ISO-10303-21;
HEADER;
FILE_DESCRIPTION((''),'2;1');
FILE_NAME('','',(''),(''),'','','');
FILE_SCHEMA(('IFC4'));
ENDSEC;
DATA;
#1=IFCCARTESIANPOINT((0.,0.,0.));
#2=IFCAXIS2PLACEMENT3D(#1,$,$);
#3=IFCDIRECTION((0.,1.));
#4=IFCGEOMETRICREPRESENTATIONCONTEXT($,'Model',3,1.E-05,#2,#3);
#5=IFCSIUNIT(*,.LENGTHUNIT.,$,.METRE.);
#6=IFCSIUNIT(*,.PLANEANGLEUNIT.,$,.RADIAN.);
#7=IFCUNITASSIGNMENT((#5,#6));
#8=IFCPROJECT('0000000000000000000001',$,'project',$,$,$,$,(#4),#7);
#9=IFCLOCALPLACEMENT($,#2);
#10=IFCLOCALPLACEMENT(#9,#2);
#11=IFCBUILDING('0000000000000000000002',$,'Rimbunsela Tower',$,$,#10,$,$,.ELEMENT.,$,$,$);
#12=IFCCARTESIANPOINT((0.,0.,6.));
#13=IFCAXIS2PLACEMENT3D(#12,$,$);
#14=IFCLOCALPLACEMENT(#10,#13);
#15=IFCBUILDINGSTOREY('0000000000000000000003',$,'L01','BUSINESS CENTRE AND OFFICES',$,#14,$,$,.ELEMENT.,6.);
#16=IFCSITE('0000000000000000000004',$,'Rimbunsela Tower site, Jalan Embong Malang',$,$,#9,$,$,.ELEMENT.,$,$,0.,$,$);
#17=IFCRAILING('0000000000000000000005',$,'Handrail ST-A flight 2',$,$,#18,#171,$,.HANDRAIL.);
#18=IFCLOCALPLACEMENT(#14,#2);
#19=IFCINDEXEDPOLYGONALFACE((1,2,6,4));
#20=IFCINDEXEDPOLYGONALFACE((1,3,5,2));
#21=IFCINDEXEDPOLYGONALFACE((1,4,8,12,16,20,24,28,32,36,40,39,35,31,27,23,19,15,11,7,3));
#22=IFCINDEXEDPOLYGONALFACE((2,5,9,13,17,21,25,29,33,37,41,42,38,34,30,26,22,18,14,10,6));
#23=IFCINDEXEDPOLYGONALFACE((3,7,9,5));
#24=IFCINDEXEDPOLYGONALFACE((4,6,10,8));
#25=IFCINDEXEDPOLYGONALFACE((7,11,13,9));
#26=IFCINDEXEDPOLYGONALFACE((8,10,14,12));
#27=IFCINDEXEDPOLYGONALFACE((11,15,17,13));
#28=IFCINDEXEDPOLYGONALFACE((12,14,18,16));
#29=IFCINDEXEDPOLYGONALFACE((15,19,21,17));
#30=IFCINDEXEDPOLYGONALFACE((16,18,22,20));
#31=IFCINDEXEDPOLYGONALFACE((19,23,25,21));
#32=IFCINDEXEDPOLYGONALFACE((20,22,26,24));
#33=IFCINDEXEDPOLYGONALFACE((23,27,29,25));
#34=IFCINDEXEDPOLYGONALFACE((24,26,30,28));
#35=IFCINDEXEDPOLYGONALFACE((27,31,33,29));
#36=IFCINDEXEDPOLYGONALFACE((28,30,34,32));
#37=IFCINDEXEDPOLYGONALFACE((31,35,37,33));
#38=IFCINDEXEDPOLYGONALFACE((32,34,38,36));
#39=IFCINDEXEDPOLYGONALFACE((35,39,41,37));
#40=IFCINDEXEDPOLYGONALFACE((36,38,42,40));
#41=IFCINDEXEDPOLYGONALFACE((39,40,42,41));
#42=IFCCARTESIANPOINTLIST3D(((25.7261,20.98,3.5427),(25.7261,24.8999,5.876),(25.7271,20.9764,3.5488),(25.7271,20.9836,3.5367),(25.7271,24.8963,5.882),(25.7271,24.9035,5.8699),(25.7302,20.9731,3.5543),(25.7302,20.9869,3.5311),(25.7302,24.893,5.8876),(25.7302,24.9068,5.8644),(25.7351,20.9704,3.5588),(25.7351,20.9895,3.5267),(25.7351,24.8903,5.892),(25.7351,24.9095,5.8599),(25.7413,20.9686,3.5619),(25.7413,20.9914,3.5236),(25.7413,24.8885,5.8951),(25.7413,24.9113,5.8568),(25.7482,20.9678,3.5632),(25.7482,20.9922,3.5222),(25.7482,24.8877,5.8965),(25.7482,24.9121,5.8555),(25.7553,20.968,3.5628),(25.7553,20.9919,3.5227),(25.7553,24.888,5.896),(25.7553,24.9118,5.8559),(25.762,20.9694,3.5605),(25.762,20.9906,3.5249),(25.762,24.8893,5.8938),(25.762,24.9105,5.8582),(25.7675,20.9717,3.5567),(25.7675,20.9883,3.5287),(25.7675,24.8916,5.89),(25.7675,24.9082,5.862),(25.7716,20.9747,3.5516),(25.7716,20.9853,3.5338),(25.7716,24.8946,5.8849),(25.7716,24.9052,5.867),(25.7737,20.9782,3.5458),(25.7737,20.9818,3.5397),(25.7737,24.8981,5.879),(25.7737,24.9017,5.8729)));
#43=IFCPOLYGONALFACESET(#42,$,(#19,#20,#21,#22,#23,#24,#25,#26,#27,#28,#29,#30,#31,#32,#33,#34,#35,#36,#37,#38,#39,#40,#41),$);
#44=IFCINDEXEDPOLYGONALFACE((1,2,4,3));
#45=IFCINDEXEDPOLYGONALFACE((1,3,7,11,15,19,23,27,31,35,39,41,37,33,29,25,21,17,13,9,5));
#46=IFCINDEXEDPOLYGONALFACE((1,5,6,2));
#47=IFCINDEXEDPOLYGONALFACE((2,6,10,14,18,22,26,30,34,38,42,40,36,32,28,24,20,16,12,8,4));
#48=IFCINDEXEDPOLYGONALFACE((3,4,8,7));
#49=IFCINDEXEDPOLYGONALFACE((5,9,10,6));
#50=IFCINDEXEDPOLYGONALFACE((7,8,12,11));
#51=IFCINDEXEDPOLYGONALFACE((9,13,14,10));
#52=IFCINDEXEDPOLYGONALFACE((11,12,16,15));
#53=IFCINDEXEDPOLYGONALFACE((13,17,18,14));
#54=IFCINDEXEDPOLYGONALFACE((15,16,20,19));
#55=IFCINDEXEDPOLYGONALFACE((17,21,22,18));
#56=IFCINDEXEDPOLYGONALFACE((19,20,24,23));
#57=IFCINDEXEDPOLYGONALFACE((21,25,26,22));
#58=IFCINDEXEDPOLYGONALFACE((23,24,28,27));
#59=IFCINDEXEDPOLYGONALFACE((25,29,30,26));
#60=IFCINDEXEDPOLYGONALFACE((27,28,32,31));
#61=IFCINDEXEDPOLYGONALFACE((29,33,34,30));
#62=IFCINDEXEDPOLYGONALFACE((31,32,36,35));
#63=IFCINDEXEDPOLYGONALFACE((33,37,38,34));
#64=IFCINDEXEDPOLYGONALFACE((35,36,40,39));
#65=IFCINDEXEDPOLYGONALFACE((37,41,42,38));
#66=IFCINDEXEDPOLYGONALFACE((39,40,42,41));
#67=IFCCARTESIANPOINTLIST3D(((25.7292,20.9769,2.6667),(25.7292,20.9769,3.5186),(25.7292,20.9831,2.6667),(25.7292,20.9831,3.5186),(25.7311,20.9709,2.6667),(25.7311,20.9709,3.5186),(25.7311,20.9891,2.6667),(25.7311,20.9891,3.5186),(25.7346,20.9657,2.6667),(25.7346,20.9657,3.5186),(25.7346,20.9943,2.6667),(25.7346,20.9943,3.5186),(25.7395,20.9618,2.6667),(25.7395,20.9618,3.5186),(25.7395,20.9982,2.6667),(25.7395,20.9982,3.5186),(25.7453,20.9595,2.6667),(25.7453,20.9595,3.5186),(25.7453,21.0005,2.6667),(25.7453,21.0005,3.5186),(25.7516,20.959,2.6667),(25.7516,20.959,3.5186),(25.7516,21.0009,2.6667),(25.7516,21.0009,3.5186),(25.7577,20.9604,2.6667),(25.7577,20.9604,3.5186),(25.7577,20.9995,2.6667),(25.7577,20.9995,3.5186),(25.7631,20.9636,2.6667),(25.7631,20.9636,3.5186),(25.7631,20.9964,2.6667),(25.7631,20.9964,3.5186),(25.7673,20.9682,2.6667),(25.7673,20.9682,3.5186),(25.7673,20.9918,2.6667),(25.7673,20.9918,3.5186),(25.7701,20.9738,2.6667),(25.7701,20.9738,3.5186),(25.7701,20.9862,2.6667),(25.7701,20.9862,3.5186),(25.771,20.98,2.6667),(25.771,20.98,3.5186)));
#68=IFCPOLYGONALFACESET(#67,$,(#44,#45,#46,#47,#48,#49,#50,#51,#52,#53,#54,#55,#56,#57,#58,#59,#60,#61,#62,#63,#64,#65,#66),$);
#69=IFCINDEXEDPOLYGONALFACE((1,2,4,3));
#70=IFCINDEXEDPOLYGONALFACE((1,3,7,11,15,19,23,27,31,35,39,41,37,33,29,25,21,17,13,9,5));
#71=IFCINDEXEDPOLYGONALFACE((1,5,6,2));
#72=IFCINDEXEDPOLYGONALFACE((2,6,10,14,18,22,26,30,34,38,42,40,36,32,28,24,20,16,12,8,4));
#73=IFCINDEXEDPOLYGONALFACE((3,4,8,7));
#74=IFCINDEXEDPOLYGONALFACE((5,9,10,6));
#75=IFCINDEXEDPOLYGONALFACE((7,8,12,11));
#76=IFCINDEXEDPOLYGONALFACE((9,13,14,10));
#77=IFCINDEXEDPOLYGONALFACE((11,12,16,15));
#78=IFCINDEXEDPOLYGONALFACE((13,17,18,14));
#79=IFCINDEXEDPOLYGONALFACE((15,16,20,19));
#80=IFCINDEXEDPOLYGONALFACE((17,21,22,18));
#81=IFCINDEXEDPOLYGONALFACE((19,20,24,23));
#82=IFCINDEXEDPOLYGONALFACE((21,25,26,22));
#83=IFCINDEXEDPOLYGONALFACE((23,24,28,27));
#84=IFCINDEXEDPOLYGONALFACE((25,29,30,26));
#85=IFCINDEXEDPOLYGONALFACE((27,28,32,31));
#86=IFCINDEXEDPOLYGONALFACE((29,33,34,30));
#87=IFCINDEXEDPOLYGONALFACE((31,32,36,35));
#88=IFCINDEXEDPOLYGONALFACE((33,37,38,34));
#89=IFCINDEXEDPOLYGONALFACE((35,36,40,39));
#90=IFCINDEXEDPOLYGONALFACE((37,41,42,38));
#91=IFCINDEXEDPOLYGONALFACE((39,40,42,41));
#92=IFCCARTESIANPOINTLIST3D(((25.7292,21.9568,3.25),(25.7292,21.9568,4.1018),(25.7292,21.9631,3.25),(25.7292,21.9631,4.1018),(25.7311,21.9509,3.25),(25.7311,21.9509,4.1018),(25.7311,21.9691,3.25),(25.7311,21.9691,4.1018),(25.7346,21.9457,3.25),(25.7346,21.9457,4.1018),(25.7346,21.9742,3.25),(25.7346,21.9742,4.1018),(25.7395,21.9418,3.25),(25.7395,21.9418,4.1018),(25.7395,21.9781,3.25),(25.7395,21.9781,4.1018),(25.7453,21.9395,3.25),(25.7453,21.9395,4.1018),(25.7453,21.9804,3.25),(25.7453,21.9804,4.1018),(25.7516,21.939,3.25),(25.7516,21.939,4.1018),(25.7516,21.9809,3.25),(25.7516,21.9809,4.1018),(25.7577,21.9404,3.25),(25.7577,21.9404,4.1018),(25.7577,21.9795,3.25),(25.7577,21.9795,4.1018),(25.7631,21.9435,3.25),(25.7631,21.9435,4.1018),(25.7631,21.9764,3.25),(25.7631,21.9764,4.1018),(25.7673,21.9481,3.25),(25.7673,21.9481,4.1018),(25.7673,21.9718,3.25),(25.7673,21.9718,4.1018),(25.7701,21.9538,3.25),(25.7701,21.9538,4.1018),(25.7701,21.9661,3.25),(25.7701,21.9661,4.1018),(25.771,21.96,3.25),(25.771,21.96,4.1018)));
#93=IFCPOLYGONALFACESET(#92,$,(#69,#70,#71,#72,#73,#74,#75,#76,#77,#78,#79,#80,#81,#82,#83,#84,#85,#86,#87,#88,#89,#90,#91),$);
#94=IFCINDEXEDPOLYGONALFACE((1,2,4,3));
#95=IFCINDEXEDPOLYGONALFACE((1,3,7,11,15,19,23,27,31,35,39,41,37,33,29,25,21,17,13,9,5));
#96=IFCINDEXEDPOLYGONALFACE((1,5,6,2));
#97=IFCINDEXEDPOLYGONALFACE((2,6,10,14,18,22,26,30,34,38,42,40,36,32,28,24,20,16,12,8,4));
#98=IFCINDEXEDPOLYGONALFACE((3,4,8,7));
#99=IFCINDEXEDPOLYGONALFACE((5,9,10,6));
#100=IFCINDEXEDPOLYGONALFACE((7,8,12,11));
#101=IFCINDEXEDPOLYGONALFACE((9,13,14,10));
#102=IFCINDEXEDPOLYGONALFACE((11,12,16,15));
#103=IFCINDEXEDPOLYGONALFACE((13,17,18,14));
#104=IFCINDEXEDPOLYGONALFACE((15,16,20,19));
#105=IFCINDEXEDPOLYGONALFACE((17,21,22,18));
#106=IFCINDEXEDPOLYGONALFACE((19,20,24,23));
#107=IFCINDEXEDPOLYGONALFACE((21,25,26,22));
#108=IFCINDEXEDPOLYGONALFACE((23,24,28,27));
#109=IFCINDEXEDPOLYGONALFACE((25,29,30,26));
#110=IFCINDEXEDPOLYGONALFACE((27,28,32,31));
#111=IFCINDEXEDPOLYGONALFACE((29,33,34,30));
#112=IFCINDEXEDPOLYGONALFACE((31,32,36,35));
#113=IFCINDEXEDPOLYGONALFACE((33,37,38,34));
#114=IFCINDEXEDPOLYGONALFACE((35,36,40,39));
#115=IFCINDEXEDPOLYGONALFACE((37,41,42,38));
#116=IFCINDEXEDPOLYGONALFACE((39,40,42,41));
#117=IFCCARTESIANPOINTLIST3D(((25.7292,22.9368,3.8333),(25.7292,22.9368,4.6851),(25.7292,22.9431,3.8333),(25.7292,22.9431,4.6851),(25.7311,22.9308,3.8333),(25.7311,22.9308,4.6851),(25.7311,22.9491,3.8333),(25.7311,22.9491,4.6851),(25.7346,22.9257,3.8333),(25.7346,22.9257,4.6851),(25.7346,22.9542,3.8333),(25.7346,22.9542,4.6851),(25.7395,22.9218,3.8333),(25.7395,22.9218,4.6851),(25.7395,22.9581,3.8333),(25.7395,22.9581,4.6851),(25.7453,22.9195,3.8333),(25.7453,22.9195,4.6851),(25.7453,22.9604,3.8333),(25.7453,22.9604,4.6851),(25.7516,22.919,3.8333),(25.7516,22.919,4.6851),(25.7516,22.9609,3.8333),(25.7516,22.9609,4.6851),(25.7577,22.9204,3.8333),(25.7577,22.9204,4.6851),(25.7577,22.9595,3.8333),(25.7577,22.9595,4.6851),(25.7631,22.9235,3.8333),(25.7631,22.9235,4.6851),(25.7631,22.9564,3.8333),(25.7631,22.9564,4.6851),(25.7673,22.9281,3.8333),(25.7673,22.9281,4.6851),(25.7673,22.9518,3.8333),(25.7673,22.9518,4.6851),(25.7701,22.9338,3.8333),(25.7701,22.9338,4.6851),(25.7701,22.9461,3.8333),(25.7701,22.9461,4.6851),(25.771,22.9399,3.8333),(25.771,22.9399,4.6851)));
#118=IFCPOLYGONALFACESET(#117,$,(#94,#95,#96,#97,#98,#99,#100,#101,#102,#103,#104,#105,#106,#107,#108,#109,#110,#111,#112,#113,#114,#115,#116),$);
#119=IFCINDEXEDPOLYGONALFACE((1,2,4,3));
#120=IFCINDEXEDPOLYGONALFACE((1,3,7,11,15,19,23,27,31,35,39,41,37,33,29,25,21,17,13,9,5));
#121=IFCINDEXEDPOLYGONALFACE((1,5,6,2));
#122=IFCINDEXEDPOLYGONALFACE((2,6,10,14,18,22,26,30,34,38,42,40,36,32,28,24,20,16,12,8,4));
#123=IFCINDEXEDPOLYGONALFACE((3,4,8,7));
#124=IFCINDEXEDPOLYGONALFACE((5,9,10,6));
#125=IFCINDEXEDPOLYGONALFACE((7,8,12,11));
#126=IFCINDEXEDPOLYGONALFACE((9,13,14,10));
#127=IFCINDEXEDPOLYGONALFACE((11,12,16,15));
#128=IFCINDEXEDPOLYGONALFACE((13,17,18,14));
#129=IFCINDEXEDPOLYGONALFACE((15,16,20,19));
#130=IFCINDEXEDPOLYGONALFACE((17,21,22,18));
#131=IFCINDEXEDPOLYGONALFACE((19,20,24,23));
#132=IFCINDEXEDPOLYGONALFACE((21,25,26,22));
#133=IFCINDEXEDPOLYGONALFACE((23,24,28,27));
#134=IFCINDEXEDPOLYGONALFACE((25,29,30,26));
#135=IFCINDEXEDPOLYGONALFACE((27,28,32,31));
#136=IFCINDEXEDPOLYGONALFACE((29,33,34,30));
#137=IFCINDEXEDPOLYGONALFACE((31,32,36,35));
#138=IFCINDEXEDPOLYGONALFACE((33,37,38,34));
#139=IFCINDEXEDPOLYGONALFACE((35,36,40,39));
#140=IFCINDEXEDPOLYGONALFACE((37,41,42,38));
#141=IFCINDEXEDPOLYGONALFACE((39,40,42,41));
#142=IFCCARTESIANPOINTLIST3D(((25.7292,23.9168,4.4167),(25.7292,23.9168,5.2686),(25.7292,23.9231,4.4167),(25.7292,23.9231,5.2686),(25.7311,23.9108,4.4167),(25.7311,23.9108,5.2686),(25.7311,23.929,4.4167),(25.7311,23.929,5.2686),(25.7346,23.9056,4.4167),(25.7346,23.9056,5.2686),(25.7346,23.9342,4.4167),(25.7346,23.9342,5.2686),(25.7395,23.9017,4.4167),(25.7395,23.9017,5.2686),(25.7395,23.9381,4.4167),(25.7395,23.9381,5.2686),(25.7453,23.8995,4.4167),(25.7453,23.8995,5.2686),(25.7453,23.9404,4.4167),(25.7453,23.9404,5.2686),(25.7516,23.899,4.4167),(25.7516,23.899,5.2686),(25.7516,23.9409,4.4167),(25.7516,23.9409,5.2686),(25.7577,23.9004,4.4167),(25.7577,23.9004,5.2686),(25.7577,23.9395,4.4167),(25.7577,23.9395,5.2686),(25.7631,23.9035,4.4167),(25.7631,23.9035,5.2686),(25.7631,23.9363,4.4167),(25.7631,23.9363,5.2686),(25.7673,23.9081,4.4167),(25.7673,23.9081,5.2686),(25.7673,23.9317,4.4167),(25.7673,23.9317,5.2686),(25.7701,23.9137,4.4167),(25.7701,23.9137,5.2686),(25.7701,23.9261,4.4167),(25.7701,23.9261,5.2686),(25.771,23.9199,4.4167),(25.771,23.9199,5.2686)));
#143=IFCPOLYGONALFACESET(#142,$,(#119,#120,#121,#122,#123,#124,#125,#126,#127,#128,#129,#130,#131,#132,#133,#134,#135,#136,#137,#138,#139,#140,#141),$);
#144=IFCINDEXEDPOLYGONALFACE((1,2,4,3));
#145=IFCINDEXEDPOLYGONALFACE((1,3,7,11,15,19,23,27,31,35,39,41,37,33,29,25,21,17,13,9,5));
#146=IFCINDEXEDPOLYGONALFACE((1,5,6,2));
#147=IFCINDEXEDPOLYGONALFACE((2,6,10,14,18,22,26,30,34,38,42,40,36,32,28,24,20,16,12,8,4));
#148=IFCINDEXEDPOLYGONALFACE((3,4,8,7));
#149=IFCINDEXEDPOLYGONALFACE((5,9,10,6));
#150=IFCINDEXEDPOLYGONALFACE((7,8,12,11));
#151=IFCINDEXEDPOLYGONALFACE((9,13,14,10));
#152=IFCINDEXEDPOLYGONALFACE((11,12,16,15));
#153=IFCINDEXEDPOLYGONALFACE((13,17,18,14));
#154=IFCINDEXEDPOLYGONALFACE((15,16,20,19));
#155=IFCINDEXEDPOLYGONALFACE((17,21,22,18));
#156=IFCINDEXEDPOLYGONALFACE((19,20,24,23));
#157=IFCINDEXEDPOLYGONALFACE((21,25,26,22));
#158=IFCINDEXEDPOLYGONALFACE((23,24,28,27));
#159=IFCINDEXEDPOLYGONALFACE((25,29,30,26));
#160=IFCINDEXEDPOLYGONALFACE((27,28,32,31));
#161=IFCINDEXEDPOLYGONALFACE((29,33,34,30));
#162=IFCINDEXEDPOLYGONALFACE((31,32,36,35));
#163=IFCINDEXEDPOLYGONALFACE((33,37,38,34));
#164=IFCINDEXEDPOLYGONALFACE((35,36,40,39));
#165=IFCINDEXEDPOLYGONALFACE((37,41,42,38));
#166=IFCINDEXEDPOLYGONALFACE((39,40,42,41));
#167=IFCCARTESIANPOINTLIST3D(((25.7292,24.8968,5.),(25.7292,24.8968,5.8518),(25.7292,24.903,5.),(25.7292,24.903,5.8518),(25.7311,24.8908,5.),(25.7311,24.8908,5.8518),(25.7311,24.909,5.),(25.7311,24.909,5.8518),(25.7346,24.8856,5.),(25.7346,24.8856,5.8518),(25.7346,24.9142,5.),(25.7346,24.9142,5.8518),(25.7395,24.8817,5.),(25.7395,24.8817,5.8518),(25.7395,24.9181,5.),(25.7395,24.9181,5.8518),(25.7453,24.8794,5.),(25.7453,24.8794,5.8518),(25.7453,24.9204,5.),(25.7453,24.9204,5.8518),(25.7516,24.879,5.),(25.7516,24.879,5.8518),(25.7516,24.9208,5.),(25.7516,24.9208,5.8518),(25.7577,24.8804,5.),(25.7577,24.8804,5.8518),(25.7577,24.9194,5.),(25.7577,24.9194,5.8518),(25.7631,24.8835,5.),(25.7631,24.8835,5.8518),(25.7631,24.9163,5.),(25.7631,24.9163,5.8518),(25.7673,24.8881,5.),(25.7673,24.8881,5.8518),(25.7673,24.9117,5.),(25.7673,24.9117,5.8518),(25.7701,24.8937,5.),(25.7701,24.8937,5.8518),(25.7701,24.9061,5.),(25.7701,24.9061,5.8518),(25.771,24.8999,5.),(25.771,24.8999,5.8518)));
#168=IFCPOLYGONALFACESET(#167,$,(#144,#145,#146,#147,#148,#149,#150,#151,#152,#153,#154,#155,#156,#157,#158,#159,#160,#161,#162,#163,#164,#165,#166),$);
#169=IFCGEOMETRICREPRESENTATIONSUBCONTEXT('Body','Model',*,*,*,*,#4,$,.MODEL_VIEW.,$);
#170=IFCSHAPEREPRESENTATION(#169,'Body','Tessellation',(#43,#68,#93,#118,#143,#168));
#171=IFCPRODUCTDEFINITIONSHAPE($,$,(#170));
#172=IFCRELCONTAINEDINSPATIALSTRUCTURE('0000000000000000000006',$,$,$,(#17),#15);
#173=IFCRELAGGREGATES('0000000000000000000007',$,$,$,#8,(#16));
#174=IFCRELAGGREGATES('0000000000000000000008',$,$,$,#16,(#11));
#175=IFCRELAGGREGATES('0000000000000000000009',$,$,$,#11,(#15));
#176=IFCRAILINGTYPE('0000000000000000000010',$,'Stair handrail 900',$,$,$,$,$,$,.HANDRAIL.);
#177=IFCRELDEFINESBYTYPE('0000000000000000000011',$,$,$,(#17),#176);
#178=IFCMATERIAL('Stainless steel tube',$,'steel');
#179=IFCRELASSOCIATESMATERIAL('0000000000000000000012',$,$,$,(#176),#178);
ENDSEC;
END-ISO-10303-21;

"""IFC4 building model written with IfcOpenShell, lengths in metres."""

from ifc_helpers import new_model, si_unit, direction, frame, origin, origin_2d, place, context, subcontext, project, spatial, circle, extrude, material, type_object, element, save


model = new_model("IFC4")

# Units and contexts
model_context = context("Model", 3, precision=1e-05, world=origin(), true_north=direction((0.0, 1.0)))
body_context = subcontext(model_context, "Body", "Model", "MODEL_VIEW")
ifc_project = project(units=[si_unit("LENGTHUNIT", "METRE"), si_unit("PLANEANGLEUNIT", "RADIAN")], contexts=[model_context])

# Site, building, storey
site_placement = place(None, origin())
site = spatial("IfcSite", under=ifc_project, at=site_placement, Name="Rimbunsela Tower site, Jalan Embong Malang", CompositionType="ELEMENT", RefElevation=0.0)
building_placement = place(site_placement, origin())
building = spatial("IfcBuilding", under=site, at=building_placement, Name="Rimbunsela Tower", CompositionType="ELEMENT")
storey_placement = place(building_placement, frame((0.0, 0.0, 6.0)))
storey = spatial("IfcBuildingStorey", under=building, at=storey_placement, Name="L01", Description="BUSINESS CENTRE AND OFFICES", CompositionType="ELEMENT", Elevation=6.0)

# Railing
ifc_material_1 = material(Name="Stainless steel tube", Category="steel")
railing_type = type_object("IfcRailingType", Name="Stair handrail 900", PredefinedType="HANDRAIL", material=ifc_material_1)
railing_1_placement = place(storey_placement, frame((25.75, 20.98, 2.6667)))
element("IfcRailing", 1, at=railing_1_placement, inside=storey, type_object=railing_type, Name="Handrail ST-A flight 2", PredefinedType="HANDRAIL", context=body_context, shape_type="SweptSolid", body=[
    extrude(circle(Radius=0.0239, at=origin_2d()), frame((0.0, 0.0, 0.876), z_axis=(0.0, 0.859296, 0.511478), x_axis=(-1.0, 0.0, 0.0)), (0.0, 0.0, 1.0), 4.5618),
    extrude(circle(Radius=0.021, at=origin_2d()), origin(), (0.0, 0.0, 1.0), 0.8518),
    extrude(circle(Radius=0.021, at=origin_2d()), frame((0.0, 0.98, 0.5833)), (0.0, 0.0, 1.0), 0.8518),
    extrude(circle(Radius=0.021, at=origin_2d()), frame((0.0, 1.96, 1.1665)), (0.0, 0.0, 1.0), 0.8518),
    extrude(circle(Radius=0.021, at=origin_2d()), frame((0.0, 2.9399, 1.75)), (0.0, 0.0, 1.0), 0.8518),
    extrude(circle(Radius=0.021, at=origin_2d()), frame((0.0, 3.9199, 2.3333)), (0.0, 0.0, 1.0), 0.8518),
])

save(model, "model.ifc")
